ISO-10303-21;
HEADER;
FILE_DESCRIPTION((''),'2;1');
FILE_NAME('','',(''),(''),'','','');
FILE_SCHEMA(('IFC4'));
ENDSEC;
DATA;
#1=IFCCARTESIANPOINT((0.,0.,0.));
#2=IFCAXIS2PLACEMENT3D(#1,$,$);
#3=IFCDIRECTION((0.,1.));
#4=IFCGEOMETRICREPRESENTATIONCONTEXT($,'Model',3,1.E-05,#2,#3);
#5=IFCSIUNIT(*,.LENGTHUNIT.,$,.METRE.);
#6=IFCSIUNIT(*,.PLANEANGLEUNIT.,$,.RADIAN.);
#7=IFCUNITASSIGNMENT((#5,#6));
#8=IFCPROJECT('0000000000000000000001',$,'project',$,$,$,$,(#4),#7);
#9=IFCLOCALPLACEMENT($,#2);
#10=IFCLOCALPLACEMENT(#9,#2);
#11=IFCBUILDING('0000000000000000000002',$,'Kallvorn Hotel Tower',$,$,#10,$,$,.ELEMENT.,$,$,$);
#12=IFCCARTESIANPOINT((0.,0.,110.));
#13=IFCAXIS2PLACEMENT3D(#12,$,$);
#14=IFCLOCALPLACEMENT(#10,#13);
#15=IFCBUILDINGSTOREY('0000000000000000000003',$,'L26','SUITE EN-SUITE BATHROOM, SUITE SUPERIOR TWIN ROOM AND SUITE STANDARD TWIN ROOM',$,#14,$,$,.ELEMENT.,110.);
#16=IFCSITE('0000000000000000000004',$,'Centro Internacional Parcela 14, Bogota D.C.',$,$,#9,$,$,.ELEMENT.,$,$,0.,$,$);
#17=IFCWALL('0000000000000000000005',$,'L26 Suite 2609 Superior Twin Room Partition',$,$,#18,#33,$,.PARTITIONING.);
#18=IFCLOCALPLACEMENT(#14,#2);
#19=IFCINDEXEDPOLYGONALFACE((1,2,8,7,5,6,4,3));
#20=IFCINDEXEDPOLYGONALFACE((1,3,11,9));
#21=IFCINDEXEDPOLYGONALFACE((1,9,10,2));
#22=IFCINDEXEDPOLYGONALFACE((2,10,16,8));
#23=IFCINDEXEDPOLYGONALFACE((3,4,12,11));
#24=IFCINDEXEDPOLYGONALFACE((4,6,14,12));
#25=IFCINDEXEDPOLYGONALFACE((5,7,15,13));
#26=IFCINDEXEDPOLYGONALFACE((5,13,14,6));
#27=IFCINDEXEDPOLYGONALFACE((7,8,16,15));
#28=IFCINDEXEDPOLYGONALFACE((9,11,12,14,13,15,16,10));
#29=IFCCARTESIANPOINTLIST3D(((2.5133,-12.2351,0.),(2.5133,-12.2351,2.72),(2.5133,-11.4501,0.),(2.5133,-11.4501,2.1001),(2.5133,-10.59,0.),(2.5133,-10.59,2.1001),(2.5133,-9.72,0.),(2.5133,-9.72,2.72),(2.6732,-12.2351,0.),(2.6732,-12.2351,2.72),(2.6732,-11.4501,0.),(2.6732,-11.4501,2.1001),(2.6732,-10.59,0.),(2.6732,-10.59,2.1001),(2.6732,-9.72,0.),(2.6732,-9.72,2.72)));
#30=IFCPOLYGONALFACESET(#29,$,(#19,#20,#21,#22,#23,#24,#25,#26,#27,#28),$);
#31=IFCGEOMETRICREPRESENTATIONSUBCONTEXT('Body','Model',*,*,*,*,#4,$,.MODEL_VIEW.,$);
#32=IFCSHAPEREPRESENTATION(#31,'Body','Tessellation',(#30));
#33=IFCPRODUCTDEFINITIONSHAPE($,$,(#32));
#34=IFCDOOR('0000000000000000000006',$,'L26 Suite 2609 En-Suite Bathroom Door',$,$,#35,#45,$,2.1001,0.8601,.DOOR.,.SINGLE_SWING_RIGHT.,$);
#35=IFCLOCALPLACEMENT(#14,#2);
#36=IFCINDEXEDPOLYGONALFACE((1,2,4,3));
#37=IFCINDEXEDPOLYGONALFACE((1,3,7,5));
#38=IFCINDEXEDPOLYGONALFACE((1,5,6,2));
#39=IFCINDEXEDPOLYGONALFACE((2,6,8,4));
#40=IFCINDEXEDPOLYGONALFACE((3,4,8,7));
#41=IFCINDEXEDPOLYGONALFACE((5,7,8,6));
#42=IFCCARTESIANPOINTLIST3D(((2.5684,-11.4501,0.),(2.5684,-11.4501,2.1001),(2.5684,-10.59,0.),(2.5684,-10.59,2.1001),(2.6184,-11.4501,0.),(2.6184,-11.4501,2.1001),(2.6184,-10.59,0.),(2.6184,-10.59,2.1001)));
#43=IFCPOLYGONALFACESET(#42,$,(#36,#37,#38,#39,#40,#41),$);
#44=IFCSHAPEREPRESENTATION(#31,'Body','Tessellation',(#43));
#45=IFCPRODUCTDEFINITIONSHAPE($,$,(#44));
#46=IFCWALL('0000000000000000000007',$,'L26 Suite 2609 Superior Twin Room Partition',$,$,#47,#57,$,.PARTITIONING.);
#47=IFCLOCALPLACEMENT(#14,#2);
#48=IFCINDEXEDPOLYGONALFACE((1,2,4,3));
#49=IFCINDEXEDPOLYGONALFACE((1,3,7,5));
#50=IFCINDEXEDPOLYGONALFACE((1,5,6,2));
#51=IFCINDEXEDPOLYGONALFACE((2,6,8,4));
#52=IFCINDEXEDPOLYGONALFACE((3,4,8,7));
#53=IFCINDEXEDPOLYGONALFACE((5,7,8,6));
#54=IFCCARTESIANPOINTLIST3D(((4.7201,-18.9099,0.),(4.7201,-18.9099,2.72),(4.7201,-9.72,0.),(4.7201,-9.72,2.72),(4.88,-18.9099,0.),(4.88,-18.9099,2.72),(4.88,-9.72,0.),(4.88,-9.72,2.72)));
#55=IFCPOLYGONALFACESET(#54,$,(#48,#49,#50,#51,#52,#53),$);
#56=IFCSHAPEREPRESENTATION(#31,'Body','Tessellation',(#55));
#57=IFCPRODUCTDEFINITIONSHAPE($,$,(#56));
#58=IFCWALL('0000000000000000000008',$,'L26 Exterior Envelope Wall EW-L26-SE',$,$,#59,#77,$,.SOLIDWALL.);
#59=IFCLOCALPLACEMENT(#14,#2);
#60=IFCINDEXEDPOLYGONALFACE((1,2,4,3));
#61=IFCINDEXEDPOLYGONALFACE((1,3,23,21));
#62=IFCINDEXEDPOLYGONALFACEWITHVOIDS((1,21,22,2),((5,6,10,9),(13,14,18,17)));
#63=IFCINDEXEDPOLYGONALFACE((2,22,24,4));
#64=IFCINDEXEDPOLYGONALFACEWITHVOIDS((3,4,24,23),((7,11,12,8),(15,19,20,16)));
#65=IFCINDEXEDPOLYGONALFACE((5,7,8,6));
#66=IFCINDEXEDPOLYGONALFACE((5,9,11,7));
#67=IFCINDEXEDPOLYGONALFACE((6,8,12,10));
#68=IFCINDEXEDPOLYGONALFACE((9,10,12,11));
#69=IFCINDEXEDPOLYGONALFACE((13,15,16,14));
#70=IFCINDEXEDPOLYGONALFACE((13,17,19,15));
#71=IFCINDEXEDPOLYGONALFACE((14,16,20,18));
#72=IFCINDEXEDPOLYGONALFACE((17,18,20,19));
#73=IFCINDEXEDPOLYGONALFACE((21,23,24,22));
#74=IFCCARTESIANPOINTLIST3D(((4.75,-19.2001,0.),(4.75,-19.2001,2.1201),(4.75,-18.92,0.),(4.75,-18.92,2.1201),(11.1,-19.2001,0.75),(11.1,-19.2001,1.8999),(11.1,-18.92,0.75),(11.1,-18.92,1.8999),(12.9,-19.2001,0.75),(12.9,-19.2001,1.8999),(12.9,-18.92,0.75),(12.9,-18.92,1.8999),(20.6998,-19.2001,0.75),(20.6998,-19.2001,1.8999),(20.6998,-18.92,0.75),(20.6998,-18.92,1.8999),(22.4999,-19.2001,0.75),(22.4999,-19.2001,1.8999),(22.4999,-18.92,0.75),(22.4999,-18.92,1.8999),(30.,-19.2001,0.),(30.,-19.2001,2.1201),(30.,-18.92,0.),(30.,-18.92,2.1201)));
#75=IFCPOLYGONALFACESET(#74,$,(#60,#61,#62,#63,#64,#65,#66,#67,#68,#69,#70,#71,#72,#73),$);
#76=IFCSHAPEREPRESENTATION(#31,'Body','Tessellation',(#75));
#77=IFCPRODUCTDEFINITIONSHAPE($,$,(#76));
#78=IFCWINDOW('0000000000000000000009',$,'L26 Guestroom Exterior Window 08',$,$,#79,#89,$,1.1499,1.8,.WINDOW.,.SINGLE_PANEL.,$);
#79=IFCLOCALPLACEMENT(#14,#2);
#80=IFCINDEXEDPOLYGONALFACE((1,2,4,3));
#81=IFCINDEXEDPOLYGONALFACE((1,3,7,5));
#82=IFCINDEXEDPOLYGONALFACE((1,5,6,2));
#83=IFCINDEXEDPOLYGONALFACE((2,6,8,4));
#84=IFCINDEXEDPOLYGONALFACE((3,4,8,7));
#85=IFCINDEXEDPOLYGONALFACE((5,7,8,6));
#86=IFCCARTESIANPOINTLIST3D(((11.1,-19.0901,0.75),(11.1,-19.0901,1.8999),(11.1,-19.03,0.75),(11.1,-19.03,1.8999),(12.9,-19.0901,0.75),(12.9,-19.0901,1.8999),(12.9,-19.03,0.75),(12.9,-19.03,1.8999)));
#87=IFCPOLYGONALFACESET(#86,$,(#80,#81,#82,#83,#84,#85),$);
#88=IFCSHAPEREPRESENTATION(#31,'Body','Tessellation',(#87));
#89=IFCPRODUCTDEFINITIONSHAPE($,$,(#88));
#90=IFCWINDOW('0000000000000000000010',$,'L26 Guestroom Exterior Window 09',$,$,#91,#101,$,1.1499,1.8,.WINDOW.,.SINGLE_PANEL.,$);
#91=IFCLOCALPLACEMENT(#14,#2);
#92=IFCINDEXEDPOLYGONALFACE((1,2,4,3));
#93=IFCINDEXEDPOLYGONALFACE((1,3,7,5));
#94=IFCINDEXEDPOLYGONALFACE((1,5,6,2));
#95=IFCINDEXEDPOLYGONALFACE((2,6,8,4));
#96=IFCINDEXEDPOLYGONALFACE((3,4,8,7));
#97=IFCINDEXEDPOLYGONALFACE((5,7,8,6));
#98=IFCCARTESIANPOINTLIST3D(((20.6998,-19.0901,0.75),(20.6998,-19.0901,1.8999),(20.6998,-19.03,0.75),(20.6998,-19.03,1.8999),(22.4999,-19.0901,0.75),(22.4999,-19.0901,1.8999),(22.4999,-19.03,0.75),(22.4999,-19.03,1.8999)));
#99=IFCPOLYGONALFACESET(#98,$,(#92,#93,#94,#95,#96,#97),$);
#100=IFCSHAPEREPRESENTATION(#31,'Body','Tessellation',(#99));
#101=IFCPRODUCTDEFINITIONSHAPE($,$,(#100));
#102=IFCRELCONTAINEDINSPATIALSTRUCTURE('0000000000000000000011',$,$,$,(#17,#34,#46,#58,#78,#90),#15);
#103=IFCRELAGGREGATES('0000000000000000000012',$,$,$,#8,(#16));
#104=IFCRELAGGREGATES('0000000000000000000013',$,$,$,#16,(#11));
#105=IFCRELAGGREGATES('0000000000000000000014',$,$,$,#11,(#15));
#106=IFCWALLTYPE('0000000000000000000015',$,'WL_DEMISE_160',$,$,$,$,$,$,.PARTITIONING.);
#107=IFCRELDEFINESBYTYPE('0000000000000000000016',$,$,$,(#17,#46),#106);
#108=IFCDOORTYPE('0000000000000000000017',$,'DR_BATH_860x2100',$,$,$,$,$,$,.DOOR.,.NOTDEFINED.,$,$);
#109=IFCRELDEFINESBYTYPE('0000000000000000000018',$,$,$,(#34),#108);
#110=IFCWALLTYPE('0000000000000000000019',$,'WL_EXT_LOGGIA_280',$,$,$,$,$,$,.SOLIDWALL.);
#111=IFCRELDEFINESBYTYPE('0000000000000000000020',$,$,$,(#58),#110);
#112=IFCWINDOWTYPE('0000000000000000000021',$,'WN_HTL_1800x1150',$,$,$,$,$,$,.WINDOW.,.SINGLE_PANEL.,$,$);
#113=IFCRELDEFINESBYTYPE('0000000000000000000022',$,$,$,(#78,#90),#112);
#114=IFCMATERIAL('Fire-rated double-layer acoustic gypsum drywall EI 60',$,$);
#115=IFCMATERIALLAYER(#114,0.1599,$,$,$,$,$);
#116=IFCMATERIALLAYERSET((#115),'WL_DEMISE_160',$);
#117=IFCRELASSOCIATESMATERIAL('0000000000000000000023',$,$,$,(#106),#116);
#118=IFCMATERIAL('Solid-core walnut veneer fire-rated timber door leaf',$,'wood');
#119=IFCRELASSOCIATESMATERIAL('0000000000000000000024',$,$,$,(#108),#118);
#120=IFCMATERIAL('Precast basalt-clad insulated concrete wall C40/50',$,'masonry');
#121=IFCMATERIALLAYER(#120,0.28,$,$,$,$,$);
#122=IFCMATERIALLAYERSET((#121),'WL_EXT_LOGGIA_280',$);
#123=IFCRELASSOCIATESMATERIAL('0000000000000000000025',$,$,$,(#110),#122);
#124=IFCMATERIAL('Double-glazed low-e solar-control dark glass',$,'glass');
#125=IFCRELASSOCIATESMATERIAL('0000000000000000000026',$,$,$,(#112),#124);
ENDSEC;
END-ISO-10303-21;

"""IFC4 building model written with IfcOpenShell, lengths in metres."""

from ifc_helpers import new_model, si_unit, direction, frame, frame_2d, origin, place, context, subcontext, project, spatial, rectangle, extrude, material, layer, layer_set, type_object, element, fill, save


model = new_model("IFC4")

# Units and contexts
model_context = context("Model", 3, precision=1e-05, world=origin(), true_north=direction((0.0, 1.0)))
body_context = subcontext(model_context, "Body", "Model", "MODEL_VIEW")
ifc_project = project(units=[si_unit("LENGTHUNIT", "METRE"), si_unit("PLANEANGLEUNIT", "RADIAN")], contexts=[model_context])

# Site, building, storey
site_placement = place(None, origin())
site = spatial("IfcSite", under=ifc_project, at=site_placement, Name="Centro Internacional Parcela 14, Bogota D.C.", CompositionType="ELEMENT", RefElevation=0.0)
building_placement = place(site_placement, origin())
building = spatial("IfcBuilding", under=site, at=building_placement, Name="Kallvorn Hotel Tower", CompositionType="ELEMENT")
storey_placement = place(building_placement, frame((0.0, 0.0, 110.0)))
storey = spatial("IfcBuildingStorey", under=building, at=storey_placement, Name="L26", Description="SUITE EN-SUITE BATHROOM, SUITE SUPERIOR TWIN ROOM AND SUITE STANDARD TWIN ROOM", CompositionType="ELEMENT", Elevation=110.0)

# Shared definitions
ifc_material_1 = material(Name="Fire-rated double-layer acoustic gypsum drywall EI 60")
ifc_layer_1 = layer(ifc_material_1, 0.1599)
ifc_layer_set_1 = layer_set([ifc_layer_1], Name="WL_DEMISE_160")
wall_type_1 = type_object("IfcWallType", Name="WL_DEMISE_160", PredefinedType="PARTITIONING", material=ifc_layer_set_1)

# Wall, opening, door
wall_1_placement = place(storey_placement, frame((2.5933, -12.2351, 0.0), z_axis=(0.0, 0.0, 1.0), x_axis=(0.0, 1.0, 0.0)))
wall_1 = element("IfcWall", 1, at=wall_1_placement, inside=storey, type_object=wall_type_1, Name="L26 Suite 2609 Superior Twin Room Partition", PredefinedType="PARTITIONING", context=body_context, shape_type="SweptSolid", body=[
    extrude(rectangle(XDim=2.5151, YDim=0.1599, at=frame_2d((1.2576, 0.0))), origin(), (0.0, 0.0, 1.0), 2.72),
])
opening_1_placement = place(wall_1_placement, frame((0.7849, 0.0, 0.0)))
opening_1 = element("IfcOpeningElement", 2, at=opening_1_placement, cuts=wall_1, PredefinedType="OPENING", context=body_context, shape_type="SweptSolid", body=[
    extrude(rectangle(XDim=0.8601, YDim=2.1001, at=frame_2d((0.4302, 1.05))), frame((0.0, 0.095, 0.0), z_axis=(0.0, -1.0, 0.0), x_axis=(1.0, 0.0, 0.0)), (0.0, 0.0, 1.0), 0.1899),
])
ifc_material_2 = material(Name="Solid-core walnut veneer fire-rated timber door leaf", Category="wood")
door_type = type_object("IfcDoorType", Name="DR_BATH_860x2100", OperationType="NOTDEFINED", PredefinedType="DOOR", material=ifc_material_2)
door_placement = place(opening_1_placement, origin())
door = element("IfcDoor", 3, at=door_placement, inside=storey, type_object=door_type, Name="L26 Suite 2609 En-Suite Bathroom Door", OperationType="SINGLE_SWING_RIGHT", OverallHeight=2.1001, OverallWidth=0.8601, PredefinedType="DOOR", context=body_context, shape_type="SweptSolid", body=[
    extrude(rectangle(XDim=0.8601, YDim=2.1001, at=frame_2d((0.4302, 1.05))), frame((0.0, 0.0249, 0.0), z_axis=(0.0, -1.0, 0.0), x_axis=(1.0, 0.0, 0.0)), (0.0, 0.0, 1.0), 0.05),
])
fill(opening_1, door)

# Wall
wall_2_placement = place(storey_placement, frame((4.8, -18.9099, 0.0), z_axis=(0.0, 0.0, 1.0), x_axis=(0.0, 1.0, 0.0)))
element("IfcWall", 4, at=wall_2_placement, inside=storey, type_object=wall_type_1, Name="L26 Suite 2609 Superior Twin Room Partition", PredefinedType="PARTITIONING", context=body_context, shape_type="SweptSolid", body=[
    extrude(rectangle(XDim=9.1899, YDim=0.1599, at=frame_2d((4.595, 0.0))), origin(), (0.0, 0.0, 1.0), 2.72),
])

# Wall, openings, windows
ifc_material_3 = material(Name="Precast basalt-clad insulated concrete wall C40/50", Category="masonry")
ifc_layer_2 = layer(ifc_material_3, 0.28)
ifc_layer_set_2 = layer_set([ifc_layer_2], Name="WL_EXT_LOGGIA_280")
wall_type_2 = type_object("IfcWallType", Name="WL_EXT_LOGGIA_280", PredefinedType="SOLIDWALL", material=ifc_layer_set_2)
wall_3_placement = place(storey_placement, frame((4.75, -19.0601, 0.0), z_axis=(0.0, 0.0, 1.0), x_axis=(1.0, 0.0, 0.0)))
wall_3 = element("IfcWall", 5, at=wall_3_placement, inside=storey, type_object=wall_type_2, Name="L26 Exterior Envelope Wall EW-L26-SE", PredefinedType="SOLIDWALL", context=body_context, shape_type="SweptSolid", body=[
    extrude(rectangle(XDim=25.25, YDim=0.28, at=frame_2d((12.625, 0.0))), origin(), (0.0, 0.0, 1.0), 2.1201),
])
opening_2_placement = place(wall_3_placement, frame((6.3501, 0.0, 0.75)))
opening_2 = element("IfcOpeningElement", 6, at=opening_2_placement, cuts=wall_3, PredefinedType="OPENING", context=body_context, shape_type="SweptSolid", body=[
    extrude(rectangle(XDim=1.8, YDim=1.1499, at=frame_2d((0.8999, 0.575))), frame((0.0, 0.155, 0.0), z_axis=(0.0, -1.0, 0.0), x_axis=(1.0, 0.0, 0.0)), (0.0, 0.0, 1.0), 0.3101),
])
opening_3_placement = place(wall_3_placement, frame((15.95, 0.0, 0.75)))
opening_3 = element("IfcOpeningElement", 7, at=opening_3_placement, cuts=wall_3, PredefinedType="OPENING", context=body_context, shape_type="SweptSolid", body=[
    extrude(rectangle(XDim=1.8, YDim=1.1499, at=frame_2d((0.8999, 0.575))), frame((0.0, 0.155, 0.0), z_axis=(0.0, -1.0, 0.0), x_axis=(1.0, 0.0, 0.0)), (0.0, 0.0, 1.0), 0.3101),
])
ifc_material_4 = material(Name="Double-glazed low-e solar-control dark glass", Category="glass")
window_type = type_object("IfcWindowType", Name="WN_HTL_1800x1150", PartitioningType="SINGLE_PANEL", PredefinedType="WINDOW", material=ifc_material_4)
window_1_placement = place(opening_2_placement, origin())
window_1 = element("IfcWindow", 8, at=window_1_placement, inside=storey, type_object=window_type, Name="L26 Guestroom Exterior Window 08", OverallHeight=1.1499, OverallWidth=1.8, PartitioningType="SINGLE_PANEL", PredefinedType="WINDOW", context=body_context, shape_type="SweptSolid", body=[
    extrude(rectangle(XDim=1.8, YDim=1.1499, at=frame_2d((0.8999, 0.575))), frame((0.0, 0.03, 0.0), z_axis=(0.0, -1.0, 0.0), x_axis=(1.0, 0.0, 0.0)), (0.0, 0.0, 1.0), 0.0601),
])
fill(opening_2, window_1)
window_2_placement = place(opening_3_placement, origin())
window_2 = element("IfcWindow", 9, at=window_2_placement, inside=storey, type_object=window_type, Name="L26 Guestroom Exterior Window 09", OverallHeight=1.1499, OverallWidth=1.8, PartitioningType="SINGLE_PANEL", PredefinedType="WINDOW", context=body_context, shape_type="SweptSolid", body=[
    extrude(rectangle(XDim=1.8, YDim=1.1499, at=frame_2d((0.8999, 0.575))), frame((0.0, 0.03, 0.0), z_axis=(0.0, -1.0, 0.0), x_axis=(1.0, 0.0, 0.0)), (0.0, 0.0, 1.0), 0.0601),
])
fill(opening_3, window_2)

save(model, "model.ifc")
